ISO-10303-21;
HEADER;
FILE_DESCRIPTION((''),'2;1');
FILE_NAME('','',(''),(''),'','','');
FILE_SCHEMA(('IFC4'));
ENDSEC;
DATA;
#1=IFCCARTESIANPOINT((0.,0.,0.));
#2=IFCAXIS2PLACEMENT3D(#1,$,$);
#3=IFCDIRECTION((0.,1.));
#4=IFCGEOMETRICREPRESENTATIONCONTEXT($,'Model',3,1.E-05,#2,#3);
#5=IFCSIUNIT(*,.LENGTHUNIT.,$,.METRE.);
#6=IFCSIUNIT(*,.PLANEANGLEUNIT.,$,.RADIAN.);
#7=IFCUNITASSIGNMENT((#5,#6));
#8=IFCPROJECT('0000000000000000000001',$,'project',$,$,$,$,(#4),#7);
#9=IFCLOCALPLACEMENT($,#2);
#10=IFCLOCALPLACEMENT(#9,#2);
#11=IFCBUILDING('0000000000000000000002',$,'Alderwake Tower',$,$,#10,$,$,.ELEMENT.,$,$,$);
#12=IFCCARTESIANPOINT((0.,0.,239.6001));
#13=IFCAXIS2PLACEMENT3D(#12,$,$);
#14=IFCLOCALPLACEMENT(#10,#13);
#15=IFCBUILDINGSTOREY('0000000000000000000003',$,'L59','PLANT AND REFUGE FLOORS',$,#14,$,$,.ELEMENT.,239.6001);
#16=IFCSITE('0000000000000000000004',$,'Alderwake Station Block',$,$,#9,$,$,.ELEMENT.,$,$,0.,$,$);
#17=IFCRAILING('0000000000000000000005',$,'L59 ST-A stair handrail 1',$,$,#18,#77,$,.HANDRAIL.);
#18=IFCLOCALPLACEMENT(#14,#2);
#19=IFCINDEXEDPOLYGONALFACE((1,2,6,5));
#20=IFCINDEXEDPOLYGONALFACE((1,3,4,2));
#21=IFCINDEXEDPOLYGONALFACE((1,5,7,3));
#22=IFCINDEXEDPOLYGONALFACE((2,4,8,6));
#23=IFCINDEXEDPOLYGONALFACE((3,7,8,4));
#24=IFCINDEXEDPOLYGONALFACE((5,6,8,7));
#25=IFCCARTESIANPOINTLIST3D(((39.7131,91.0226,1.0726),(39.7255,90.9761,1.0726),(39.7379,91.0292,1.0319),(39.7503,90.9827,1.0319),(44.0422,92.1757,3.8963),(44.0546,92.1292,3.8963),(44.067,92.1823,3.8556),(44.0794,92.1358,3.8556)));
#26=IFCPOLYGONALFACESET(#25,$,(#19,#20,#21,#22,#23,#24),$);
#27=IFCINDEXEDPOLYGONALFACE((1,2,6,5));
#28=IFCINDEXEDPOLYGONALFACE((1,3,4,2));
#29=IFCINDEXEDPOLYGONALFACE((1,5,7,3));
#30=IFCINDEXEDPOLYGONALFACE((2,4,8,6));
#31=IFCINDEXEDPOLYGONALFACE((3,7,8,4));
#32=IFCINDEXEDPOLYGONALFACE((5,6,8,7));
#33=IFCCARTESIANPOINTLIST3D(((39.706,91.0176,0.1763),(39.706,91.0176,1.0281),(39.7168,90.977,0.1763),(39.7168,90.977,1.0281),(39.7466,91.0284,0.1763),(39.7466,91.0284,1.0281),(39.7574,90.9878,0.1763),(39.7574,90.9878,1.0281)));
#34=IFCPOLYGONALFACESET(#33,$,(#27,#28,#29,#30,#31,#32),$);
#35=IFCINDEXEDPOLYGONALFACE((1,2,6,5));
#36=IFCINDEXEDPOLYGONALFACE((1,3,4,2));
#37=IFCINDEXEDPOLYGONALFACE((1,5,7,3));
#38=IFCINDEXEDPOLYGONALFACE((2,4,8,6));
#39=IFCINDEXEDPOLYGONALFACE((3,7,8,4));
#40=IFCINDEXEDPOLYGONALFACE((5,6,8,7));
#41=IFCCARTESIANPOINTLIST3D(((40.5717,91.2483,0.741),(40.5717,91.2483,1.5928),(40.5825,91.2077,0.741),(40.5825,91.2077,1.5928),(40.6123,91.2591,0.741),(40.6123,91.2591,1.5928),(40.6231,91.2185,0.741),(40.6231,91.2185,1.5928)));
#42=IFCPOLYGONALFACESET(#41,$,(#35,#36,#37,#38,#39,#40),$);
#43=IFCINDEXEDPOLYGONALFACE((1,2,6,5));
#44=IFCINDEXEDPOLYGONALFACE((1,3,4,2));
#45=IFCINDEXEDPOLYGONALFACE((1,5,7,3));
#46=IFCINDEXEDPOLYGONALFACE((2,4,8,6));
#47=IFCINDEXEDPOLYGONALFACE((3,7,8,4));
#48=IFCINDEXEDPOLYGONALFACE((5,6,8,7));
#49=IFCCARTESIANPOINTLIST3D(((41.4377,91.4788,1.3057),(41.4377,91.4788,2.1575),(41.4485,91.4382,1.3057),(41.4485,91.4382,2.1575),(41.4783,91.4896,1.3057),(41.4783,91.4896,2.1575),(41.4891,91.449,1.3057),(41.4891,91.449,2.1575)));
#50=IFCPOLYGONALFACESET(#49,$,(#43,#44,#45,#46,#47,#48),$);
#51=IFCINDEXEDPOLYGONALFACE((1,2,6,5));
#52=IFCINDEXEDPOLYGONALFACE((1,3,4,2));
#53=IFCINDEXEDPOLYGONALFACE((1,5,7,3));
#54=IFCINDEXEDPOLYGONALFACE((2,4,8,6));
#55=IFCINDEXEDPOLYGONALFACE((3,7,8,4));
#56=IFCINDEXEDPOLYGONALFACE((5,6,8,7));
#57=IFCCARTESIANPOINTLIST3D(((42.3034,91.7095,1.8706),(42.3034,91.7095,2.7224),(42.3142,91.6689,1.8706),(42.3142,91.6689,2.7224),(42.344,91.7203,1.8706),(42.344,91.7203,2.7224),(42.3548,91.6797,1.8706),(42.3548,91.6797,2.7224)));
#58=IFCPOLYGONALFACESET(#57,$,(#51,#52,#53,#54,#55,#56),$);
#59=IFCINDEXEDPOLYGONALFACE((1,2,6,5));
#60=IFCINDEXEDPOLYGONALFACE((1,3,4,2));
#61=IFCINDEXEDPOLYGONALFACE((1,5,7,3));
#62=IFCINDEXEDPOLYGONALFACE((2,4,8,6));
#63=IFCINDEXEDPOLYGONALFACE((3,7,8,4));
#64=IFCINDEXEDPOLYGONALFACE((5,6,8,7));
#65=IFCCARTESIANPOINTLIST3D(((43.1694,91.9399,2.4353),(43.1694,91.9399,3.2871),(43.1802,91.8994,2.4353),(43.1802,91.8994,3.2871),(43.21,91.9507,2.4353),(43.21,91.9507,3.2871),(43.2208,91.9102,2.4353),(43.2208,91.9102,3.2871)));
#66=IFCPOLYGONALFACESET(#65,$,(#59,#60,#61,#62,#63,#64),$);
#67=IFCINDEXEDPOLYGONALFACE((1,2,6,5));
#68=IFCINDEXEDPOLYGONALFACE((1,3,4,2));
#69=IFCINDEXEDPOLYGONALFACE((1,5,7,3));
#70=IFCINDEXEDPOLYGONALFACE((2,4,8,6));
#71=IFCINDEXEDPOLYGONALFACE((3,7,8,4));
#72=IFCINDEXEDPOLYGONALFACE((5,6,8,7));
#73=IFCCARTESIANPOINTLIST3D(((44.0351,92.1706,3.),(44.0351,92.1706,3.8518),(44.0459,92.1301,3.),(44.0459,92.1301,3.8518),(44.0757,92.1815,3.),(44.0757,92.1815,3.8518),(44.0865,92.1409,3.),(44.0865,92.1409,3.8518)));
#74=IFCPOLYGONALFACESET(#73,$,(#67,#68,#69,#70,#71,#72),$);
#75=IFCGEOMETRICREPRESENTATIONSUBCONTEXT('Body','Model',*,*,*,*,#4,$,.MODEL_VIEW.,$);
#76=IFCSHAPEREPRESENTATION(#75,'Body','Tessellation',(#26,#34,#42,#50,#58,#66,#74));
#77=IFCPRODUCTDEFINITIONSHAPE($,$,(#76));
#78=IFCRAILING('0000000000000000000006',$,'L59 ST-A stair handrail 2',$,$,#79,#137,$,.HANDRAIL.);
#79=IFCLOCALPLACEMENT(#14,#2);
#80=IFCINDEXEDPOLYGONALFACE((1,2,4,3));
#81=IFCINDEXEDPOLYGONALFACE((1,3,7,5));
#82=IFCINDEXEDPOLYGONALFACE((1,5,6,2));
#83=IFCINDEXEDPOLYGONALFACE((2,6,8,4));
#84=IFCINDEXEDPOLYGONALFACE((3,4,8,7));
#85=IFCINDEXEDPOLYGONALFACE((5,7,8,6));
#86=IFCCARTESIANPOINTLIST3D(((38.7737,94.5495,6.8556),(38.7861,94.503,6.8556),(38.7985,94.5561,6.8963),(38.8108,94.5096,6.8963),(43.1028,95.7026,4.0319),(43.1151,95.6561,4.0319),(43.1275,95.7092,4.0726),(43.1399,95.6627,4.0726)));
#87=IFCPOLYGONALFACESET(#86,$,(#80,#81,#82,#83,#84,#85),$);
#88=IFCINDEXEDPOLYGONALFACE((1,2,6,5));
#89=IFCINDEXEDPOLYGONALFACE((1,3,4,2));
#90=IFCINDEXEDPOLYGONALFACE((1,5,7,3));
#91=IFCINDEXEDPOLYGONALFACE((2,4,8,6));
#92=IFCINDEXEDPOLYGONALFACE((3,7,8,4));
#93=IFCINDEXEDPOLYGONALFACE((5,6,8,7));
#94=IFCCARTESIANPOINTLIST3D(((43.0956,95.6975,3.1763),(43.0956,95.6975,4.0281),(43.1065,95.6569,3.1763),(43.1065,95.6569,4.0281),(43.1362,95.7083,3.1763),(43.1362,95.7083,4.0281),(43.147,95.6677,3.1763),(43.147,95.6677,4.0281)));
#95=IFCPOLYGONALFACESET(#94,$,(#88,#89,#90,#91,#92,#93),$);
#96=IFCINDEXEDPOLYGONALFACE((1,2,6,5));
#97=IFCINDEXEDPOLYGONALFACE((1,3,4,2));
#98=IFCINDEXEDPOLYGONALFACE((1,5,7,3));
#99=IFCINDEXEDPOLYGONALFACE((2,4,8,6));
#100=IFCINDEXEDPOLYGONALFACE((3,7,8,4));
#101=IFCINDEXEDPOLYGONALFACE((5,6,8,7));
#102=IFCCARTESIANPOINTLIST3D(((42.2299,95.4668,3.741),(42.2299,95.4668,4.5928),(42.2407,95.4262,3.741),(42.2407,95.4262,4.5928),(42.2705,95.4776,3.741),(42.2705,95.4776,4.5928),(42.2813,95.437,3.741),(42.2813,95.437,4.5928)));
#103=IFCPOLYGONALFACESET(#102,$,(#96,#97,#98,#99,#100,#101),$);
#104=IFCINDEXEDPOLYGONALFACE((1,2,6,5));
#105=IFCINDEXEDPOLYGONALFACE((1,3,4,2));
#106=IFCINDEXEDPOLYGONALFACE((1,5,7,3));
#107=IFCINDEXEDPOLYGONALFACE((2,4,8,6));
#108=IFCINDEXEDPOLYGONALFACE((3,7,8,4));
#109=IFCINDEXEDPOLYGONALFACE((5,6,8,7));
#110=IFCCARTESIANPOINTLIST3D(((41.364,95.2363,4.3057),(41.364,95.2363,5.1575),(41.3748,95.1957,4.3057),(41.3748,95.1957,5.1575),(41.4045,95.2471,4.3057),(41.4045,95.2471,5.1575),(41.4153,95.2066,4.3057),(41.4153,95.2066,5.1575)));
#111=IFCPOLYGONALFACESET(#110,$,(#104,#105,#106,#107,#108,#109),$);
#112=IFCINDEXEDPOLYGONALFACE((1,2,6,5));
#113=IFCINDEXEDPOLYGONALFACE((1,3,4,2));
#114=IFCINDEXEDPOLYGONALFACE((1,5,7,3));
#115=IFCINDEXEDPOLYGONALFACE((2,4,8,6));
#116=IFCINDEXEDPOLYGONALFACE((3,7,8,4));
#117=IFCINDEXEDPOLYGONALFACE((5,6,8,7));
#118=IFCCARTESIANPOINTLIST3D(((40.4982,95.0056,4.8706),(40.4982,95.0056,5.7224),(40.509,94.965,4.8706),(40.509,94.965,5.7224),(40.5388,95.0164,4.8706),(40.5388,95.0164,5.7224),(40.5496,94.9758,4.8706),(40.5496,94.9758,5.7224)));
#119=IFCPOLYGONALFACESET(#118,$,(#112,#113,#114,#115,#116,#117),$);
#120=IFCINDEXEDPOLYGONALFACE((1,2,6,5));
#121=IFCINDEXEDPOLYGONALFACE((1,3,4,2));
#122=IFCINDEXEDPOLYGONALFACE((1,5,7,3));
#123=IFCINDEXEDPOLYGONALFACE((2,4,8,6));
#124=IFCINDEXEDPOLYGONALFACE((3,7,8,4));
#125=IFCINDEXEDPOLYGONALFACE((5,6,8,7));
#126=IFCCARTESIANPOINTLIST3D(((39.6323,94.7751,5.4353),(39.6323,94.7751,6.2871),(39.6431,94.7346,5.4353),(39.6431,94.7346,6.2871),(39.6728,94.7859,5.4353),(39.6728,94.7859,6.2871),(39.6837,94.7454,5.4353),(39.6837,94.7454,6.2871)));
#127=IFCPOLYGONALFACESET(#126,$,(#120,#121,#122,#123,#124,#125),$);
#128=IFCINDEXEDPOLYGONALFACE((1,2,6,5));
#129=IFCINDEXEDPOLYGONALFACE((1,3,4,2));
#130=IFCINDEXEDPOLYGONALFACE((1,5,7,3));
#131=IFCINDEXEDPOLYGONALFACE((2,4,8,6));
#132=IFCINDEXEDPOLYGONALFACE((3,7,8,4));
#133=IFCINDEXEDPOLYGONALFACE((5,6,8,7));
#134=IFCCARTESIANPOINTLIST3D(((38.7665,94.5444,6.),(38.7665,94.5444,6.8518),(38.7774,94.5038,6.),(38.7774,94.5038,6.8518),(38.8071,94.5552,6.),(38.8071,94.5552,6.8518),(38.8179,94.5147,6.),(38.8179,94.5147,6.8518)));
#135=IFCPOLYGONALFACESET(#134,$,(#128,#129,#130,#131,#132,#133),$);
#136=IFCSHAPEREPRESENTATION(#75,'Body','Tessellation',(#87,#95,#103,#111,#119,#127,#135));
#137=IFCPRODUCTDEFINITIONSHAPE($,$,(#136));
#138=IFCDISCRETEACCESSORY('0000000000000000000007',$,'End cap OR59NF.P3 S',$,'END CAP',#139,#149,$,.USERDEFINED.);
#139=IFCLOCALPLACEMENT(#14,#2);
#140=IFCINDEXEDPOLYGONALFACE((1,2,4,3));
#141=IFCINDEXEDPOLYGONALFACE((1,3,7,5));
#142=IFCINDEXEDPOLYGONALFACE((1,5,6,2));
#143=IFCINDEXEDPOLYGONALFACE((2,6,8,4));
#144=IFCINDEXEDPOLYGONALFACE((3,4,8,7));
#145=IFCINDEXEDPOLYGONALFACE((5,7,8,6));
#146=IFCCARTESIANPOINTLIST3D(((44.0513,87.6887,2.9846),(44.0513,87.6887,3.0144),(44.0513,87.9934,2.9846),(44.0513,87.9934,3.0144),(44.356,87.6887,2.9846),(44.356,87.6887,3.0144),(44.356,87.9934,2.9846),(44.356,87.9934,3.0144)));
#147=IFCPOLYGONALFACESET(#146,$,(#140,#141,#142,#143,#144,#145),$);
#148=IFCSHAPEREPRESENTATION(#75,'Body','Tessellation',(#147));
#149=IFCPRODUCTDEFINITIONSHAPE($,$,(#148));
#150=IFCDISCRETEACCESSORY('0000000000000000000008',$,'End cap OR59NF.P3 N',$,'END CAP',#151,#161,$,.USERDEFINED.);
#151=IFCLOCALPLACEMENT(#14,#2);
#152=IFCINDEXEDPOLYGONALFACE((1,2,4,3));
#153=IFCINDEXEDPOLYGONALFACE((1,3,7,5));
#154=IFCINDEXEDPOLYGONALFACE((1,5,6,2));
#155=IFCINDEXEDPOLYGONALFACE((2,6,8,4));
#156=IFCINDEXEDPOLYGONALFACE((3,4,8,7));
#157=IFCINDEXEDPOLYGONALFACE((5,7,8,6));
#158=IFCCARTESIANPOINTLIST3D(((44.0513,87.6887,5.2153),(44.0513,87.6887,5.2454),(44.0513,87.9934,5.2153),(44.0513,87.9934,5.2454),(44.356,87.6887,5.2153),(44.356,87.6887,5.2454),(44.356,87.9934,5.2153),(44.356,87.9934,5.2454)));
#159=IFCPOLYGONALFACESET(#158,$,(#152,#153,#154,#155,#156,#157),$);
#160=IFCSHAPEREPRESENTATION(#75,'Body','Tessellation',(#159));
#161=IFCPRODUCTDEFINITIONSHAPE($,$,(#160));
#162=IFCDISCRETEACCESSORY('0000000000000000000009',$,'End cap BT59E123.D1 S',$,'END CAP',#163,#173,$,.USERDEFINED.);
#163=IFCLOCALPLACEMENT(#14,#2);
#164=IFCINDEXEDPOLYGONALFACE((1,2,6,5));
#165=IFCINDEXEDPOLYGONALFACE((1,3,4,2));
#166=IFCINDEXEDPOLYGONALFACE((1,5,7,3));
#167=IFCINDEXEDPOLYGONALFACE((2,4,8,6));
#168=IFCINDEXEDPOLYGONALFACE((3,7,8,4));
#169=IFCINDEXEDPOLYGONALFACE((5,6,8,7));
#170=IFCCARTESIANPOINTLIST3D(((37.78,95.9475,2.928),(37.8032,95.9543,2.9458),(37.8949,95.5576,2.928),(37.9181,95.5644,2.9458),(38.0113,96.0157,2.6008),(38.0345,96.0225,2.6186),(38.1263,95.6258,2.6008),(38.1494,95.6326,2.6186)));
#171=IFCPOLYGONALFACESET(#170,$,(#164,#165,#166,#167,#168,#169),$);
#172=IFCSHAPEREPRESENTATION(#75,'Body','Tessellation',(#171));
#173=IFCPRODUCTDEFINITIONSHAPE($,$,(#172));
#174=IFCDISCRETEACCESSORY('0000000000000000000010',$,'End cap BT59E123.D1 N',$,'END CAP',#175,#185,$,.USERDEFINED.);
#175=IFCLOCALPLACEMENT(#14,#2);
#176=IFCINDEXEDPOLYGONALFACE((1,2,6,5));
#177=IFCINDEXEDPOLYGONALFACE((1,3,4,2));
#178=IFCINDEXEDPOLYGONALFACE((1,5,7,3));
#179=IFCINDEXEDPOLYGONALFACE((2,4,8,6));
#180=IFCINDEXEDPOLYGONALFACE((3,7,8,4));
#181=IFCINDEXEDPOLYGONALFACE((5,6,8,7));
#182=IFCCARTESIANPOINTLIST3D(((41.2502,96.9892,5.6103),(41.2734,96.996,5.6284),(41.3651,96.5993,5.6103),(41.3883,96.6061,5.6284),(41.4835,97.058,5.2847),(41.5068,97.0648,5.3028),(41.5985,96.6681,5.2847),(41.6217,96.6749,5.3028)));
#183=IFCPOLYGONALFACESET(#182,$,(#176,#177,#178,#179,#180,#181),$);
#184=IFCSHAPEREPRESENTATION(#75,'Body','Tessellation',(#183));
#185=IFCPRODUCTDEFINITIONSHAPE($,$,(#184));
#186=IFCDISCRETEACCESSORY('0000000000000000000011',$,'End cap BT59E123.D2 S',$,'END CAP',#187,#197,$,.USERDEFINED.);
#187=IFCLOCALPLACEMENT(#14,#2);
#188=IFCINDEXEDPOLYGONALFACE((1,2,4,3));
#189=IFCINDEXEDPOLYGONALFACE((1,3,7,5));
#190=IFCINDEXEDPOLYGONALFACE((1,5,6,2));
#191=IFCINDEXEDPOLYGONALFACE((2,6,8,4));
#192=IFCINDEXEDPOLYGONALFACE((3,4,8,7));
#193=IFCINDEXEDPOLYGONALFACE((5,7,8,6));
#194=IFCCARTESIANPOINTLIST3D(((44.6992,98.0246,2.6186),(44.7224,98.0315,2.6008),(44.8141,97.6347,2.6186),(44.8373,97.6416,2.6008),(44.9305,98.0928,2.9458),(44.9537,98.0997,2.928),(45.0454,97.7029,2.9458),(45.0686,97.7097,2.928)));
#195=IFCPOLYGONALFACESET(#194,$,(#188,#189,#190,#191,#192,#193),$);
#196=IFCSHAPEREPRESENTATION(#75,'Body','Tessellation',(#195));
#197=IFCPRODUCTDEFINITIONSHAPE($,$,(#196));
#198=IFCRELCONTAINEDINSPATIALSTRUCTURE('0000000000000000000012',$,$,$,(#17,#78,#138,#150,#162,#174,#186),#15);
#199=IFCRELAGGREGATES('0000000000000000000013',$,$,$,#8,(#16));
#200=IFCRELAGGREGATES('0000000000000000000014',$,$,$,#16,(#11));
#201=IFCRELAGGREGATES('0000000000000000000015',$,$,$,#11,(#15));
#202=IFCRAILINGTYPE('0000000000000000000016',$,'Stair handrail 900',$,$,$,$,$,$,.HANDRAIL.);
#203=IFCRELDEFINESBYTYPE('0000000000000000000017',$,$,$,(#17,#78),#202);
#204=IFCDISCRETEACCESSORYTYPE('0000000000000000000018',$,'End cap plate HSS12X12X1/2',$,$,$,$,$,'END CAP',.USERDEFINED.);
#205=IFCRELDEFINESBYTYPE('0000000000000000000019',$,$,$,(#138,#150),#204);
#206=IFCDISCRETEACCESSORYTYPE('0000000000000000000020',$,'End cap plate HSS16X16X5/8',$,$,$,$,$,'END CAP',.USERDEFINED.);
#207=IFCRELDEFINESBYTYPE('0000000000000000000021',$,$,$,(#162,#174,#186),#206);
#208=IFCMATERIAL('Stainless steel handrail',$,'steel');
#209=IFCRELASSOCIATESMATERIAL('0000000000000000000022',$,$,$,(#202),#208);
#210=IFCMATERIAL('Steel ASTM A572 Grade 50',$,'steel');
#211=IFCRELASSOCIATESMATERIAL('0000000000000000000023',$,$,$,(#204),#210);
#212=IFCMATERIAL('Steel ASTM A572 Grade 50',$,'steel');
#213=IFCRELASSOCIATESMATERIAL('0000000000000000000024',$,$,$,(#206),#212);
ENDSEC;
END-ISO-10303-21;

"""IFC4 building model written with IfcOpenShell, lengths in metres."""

from ifc_helpers import new_model, si_unit, direction, frame, origin, origin_2d, place, context, subcontext, project, spatial, rectangle, extrude, material, material_profile, profile_set, type_object, element, save


model = new_model("IFC4")

# Units and contexts
model_context = context("Model", 3, precision=1e-05, world=origin(), true_north=direction((0.0, 1.0)))
body_context = subcontext(model_context, "Body", "Model", "MODEL_VIEW")
ifc_project = project(units=[si_unit("LENGTHUNIT", "METRE"), si_unit("PLANEANGLEUNIT", "RADIAN")], contexts=[model_context])

# Site, building, storey
site_placement = place(None, origin())
site = spatial("IfcSite", under=ifc_project, at=site_placement, Name="Alderwake Station Block", CompositionType="ELEMENT", RefElevation=0.0)
building_placement = place(site_placement, origin())
building = spatial("IfcBuilding", under=site, at=building_placement, Name="Alderwake Tower", CompositionType="ELEMENT")
storey_placement = place(building_placement, frame((0.0, 0.0, 239.6001)))
storey = spatial("IfcBuildingStorey", under=building, at=storey_placement, Name="L59", Description="PLANT AND REFUGE FLOORS", CompositionType="ELEMENT", Elevation=239.6001)

# Railings
ifc_material_1 = material(Name="Stainless steel handrail", Category="steel")
railing_type_1 = type_object("IfcRailingType", Name="Stair handrail 900", PredefinedType="HANDRAIL", material=ifc_material_1)
railing_1_placement = place(storey_placement, frame((39.7317, 91.0027, 0.1763)))
element("IfcRailing", 1, at=railing_1_placement, inside=storey, type_object=railing_type_1, Name="L59 ST-A stair handrail 1", PredefinedType="HANDRAIL", context=body_context, shape_type="SweptSolid", body=[
    extrude(rectangle(XDim=0.0481, YDim=0.0481, at=origin_2d()), frame((0.0, 0.0, 0.876), z_axis=(0.817479, 0.217739, 0.533215), x_axis=(-0.257381, 0.96631, 0.0)), (0.0, 0.0, 1.0), 5.2957),
    extrude(rectangle(XDim=0.042, YDim=0.042, at=origin_2d()), frame((0.0, 0.0, 0.0), z_axis=(0.0, 0.0, 1.0), x_axis=(0.96631, 0.257381, 0.0)), (0.0, 0.0, 1.0), 0.8518),
    extrude(rectangle(XDim=0.042, YDim=0.042, at=origin_2d()), frame((0.8657, 0.2307, 0.5647), z_axis=(0.0, 0.0, 1.0), x_axis=(0.96631, 0.257381, 0.0)), (0.0, 0.0, 1.0), 0.8518),
    extrude(rectangle(XDim=0.042, YDim=0.042, at=origin_2d()), frame((1.7317, 0.4612, 1.1294), z_axis=(0.0, 0.0, 1.0), x_axis=(0.96631, 0.257381, 0.0)), (0.0, 0.0, 1.0), 0.8518),
    extrude(rectangle(XDim=0.042, YDim=0.042, at=origin_2d()), frame((2.5974, 0.6919, 1.6943), z_axis=(0.0, 0.0, 1.0), x_axis=(0.96631, 0.257381, 0.0)), (0.0, 0.0, 1.0), 0.8518),
    extrude(rectangle(XDim=0.042, YDim=0.042, at=origin_2d()), frame((3.4634, 0.9224, 2.259), z_axis=(0.0, 0.0, 1.0), x_axis=(0.96631, 0.257381, 0.0)), (0.0, 0.0, 1.0), 0.8518),
    extrude(rectangle(XDim=0.042, YDim=0.042, at=origin_2d()), frame((4.3291, 1.1531, 2.8237), z_axis=(0.0, 0.0, 1.0), x_axis=(0.96631, 0.257381, 0.0)), (0.0, 0.0, 1.0), 0.8518),
])
railing_2_placement = place(storey_placement, frame((43.1213, 95.6826, 3.1763)))
element("IfcRailing", 2, at=railing_2_placement, inside=storey, type_object=railing_type_1, Name="L59 ST-A stair handrail 2", PredefinedType="HANDRAIL", context=body_context, shape_type="SweptSolid", body=[
    extrude(rectangle(XDim=0.0481, YDim=0.0481, at=origin_2d()), frame((0.0, 0.0, 0.876), z_axis=(-0.817479, -0.217739, 0.533215), x_axis=(0.257381, -0.96631, 0.0)), (0.0, 0.0, 1.0), 5.2957),
    extrude(rectangle(XDim=0.042, YDim=0.042, at=origin_2d()), frame((0.0, 0.0, 0.0), z_axis=(0.0, 0.0, 1.0), x_axis=(-0.96631, -0.257381, 0.0)), (0.0, 0.0, 1.0), 0.8518),
    extrude(rectangle(XDim=0.042, YDim=0.042, at=origin_2d()), frame((-0.8657, -0.2307, 0.5647), z_axis=(0.0, 0.0, 1.0), x_axis=(-0.96631, -0.257381, 0.0)), (0.0, 0.0, 1.0), 0.8518),
    extrude(rectangle(XDim=0.042, YDim=0.042, at=origin_2d()), frame((-1.7317, -0.4612, 1.1294), z_axis=(0.0, 0.0, 1.0), x_axis=(-0.96631, -0.257381, 0.0)), (0.0, 0.0, 1.0), 0.8518),
    extrude(rectangle(XDim=0.042, YDim=0.042, at=origin_2d()), frame((-2.5974, -0.6919, 1.6943), z_axis=(0.0, 0.0, 1.0), x_axis=(-0.96631, -0.257381, 0.0)), (0.0, 0.0, 1.0), 0.8518),
    extrude(rectangle(XDim=0.042, YDim=0.042, at=origin_2d()), frame((-3.4634, -0.9224, 2.259), z_axis=(0.0, 0.0, 1.0), x_axis=(-0.96631, -0.257381, 0.0)), (0.0, 0.0, 1.0), 0.8518),
    extrude(rectangle(XDim=0.042, YDim=0.042, at=origin_2d()), frame((-4.3291, -1.1531, 2.8237), z_axis=(0.0, 0.0, 1.0), x_axis=(-0.96631, -0.257381, 0.0)), (0.0, 0.0, 1.0), 0.8518),
])

# Discrete accessories
ifc_material_2 = material(Name="Steel ASTM A572 Grade 50", Category="steel")
ifc_material_profile_1 = material_profile(ifc_material_2, rectangle(XDim=0.3047, YDim=0.3047, at=origin_2d()), Name="HSS12X12X1/2 cap")
ifc_profile_set_1 = profile_set([ifc_material_profile_1], Name="Steel ASTM A572 Grade 50")
discrete_accessory_type_1 = type_object("IfcDiscreteAccessoryType", Name="End cap plate HSS12X12X1/2", ElementType="END CAP", PredefinedType="USERDEFINED", material=ifc_profile_set_1)
discrete_accessory_1_placement = place(storey_placement, frame((44.2036, 87.8411, 3.0144), z_axis=(0.0, 0.0, -1.0), x_axis=(1.0, 0.0, 0.0)))
element("IfcDiscreteAccessory", 3, at=discrete_accessory_1_placement, inside=storey, type_object=discrete_accessory_type_1, Name="End cap OR59NF.P3 S", ObjectType="END CAP", PredefinedType="USERDEFINED", context=body_context, shape_type="SweptSolid", body=[
    extrude(rectangle(XDim=0.3047, YDim=0.3047, at=origin_2d()), origin(), (0.0, 0.0, 1.0), 0.0298),
])
discrete_accessory_2_placement = place(storey_placement, frame((44.2036, 87.8411, 5.2153), z_axis=(0.0, 0.0, 1.0), x_axis=(1.0, 0.0, 0.0)))
element("IfcDiscreteAccessory", 4, at=discrete_accessory_2_placement, inside=storey, type_object=discrete_accessory_type_1, Name="End cap OR59NF.P3 N", ObjectType="END CAP", PredefinedType="USERDEFINED", context=body_context, shape_type="SweptSolid", body=[
    extrude(rectangle(XDim=0.3047, YDim=0.3047, at=origin_2d()), origin(), (0.0, 0.0, 1.0), 0.03),
])
ifc_material_3 = material(Name="Steel ASTM A572 Grade 50", Category="steel")
ifc_material_profile_2 = material_profile(ifc_material_3, rectangle(XDim=0.4065, YDim=0.4065, at=origin_2d()), Name="HSS16X16X5/8 cap")
ifc_profile_set_2 = profile_set([ifc_material_profile_2], Name="Steel ASTM A572 Grade 50")
discrete_accessory_type_2 = type_object("IfcDiscreteAccessoryType", Name="End cap plate HSS16X16X5/8", ElementType="END CAP", PredefinedType="USERDEFINED", material=ifc_profile_set_2)
discrete_accessory_3_placement = place(storey_placement, frame((37.9763, 95.7935, 2.7822), z_axis=(-0.772128, -0.227575, -0.593319), x_axis=(0.282713, -0.959205, 0.0)))
element("IfcDiscreteAccessory", 5, at=discrete_accessory_3_placement, inside=storey, type_object=discrete_accessory_type_2, Name="End cap BT59E123.D1 S", ObjectType="END CAP", PredefinedType="USERDEFINED", context=body_context, shape_type="SweptSolid", body=[
    extrude(rectangle(XDim=0.4065, YDim=0.4065, at=origin_2d()), origin(), (0.0, 0.0, 1.0), 0.03),
])
discrete_accessory_4_placement = place(storey_placement, frame((41.4243, 96.8286, 5.4475), z_axis=(0.768406, 0.226478, 0.598548), x_axis=(-0.282713, 0.959205, 0.0)))
element("IfcDiscreteAccessory", 6, at=discrete_accessory_4_placement, inside=storey, type_object=discrete_accessory_type_2, Name="End cap BT59E123.D1 N", ObjectType="END CAP", PredefinedType="USERDEFINED", context=body_context, shape_type="SweptSolid", body=[
    extrude(rectangle(XDim=0.4065, YDim=0.4065, at=origin_2d()), origin(), (0.0, 0.0, 1.0), 0.0303),
])
discrete_accessory_5_placement = place(storey_placement, frame((44.8723, 97.8638, 2.7822), z_axis=(0.772128, 0.227575, -0.593319), x_axis=(-0.282713, 0.959205, 0.0)))
element("IfcDiscreteAccessory", 7, at=discrete_accessory_5_placement, inside=storey, type_object=discrete_accessory_type_2, Name="End cap BT59E123.D2 S", ObjectType="END CAP", PredefinedType="USERDEFINED", context=body_context, shape_type="SweptSolid", body=[
    extrude(rectangle(XDim=0.4065, YDim=0.4065, at=origin_2d()), origin(), (0.0, 0.0, 1.0), 0.03),
])

save(model, "model.ifc")
